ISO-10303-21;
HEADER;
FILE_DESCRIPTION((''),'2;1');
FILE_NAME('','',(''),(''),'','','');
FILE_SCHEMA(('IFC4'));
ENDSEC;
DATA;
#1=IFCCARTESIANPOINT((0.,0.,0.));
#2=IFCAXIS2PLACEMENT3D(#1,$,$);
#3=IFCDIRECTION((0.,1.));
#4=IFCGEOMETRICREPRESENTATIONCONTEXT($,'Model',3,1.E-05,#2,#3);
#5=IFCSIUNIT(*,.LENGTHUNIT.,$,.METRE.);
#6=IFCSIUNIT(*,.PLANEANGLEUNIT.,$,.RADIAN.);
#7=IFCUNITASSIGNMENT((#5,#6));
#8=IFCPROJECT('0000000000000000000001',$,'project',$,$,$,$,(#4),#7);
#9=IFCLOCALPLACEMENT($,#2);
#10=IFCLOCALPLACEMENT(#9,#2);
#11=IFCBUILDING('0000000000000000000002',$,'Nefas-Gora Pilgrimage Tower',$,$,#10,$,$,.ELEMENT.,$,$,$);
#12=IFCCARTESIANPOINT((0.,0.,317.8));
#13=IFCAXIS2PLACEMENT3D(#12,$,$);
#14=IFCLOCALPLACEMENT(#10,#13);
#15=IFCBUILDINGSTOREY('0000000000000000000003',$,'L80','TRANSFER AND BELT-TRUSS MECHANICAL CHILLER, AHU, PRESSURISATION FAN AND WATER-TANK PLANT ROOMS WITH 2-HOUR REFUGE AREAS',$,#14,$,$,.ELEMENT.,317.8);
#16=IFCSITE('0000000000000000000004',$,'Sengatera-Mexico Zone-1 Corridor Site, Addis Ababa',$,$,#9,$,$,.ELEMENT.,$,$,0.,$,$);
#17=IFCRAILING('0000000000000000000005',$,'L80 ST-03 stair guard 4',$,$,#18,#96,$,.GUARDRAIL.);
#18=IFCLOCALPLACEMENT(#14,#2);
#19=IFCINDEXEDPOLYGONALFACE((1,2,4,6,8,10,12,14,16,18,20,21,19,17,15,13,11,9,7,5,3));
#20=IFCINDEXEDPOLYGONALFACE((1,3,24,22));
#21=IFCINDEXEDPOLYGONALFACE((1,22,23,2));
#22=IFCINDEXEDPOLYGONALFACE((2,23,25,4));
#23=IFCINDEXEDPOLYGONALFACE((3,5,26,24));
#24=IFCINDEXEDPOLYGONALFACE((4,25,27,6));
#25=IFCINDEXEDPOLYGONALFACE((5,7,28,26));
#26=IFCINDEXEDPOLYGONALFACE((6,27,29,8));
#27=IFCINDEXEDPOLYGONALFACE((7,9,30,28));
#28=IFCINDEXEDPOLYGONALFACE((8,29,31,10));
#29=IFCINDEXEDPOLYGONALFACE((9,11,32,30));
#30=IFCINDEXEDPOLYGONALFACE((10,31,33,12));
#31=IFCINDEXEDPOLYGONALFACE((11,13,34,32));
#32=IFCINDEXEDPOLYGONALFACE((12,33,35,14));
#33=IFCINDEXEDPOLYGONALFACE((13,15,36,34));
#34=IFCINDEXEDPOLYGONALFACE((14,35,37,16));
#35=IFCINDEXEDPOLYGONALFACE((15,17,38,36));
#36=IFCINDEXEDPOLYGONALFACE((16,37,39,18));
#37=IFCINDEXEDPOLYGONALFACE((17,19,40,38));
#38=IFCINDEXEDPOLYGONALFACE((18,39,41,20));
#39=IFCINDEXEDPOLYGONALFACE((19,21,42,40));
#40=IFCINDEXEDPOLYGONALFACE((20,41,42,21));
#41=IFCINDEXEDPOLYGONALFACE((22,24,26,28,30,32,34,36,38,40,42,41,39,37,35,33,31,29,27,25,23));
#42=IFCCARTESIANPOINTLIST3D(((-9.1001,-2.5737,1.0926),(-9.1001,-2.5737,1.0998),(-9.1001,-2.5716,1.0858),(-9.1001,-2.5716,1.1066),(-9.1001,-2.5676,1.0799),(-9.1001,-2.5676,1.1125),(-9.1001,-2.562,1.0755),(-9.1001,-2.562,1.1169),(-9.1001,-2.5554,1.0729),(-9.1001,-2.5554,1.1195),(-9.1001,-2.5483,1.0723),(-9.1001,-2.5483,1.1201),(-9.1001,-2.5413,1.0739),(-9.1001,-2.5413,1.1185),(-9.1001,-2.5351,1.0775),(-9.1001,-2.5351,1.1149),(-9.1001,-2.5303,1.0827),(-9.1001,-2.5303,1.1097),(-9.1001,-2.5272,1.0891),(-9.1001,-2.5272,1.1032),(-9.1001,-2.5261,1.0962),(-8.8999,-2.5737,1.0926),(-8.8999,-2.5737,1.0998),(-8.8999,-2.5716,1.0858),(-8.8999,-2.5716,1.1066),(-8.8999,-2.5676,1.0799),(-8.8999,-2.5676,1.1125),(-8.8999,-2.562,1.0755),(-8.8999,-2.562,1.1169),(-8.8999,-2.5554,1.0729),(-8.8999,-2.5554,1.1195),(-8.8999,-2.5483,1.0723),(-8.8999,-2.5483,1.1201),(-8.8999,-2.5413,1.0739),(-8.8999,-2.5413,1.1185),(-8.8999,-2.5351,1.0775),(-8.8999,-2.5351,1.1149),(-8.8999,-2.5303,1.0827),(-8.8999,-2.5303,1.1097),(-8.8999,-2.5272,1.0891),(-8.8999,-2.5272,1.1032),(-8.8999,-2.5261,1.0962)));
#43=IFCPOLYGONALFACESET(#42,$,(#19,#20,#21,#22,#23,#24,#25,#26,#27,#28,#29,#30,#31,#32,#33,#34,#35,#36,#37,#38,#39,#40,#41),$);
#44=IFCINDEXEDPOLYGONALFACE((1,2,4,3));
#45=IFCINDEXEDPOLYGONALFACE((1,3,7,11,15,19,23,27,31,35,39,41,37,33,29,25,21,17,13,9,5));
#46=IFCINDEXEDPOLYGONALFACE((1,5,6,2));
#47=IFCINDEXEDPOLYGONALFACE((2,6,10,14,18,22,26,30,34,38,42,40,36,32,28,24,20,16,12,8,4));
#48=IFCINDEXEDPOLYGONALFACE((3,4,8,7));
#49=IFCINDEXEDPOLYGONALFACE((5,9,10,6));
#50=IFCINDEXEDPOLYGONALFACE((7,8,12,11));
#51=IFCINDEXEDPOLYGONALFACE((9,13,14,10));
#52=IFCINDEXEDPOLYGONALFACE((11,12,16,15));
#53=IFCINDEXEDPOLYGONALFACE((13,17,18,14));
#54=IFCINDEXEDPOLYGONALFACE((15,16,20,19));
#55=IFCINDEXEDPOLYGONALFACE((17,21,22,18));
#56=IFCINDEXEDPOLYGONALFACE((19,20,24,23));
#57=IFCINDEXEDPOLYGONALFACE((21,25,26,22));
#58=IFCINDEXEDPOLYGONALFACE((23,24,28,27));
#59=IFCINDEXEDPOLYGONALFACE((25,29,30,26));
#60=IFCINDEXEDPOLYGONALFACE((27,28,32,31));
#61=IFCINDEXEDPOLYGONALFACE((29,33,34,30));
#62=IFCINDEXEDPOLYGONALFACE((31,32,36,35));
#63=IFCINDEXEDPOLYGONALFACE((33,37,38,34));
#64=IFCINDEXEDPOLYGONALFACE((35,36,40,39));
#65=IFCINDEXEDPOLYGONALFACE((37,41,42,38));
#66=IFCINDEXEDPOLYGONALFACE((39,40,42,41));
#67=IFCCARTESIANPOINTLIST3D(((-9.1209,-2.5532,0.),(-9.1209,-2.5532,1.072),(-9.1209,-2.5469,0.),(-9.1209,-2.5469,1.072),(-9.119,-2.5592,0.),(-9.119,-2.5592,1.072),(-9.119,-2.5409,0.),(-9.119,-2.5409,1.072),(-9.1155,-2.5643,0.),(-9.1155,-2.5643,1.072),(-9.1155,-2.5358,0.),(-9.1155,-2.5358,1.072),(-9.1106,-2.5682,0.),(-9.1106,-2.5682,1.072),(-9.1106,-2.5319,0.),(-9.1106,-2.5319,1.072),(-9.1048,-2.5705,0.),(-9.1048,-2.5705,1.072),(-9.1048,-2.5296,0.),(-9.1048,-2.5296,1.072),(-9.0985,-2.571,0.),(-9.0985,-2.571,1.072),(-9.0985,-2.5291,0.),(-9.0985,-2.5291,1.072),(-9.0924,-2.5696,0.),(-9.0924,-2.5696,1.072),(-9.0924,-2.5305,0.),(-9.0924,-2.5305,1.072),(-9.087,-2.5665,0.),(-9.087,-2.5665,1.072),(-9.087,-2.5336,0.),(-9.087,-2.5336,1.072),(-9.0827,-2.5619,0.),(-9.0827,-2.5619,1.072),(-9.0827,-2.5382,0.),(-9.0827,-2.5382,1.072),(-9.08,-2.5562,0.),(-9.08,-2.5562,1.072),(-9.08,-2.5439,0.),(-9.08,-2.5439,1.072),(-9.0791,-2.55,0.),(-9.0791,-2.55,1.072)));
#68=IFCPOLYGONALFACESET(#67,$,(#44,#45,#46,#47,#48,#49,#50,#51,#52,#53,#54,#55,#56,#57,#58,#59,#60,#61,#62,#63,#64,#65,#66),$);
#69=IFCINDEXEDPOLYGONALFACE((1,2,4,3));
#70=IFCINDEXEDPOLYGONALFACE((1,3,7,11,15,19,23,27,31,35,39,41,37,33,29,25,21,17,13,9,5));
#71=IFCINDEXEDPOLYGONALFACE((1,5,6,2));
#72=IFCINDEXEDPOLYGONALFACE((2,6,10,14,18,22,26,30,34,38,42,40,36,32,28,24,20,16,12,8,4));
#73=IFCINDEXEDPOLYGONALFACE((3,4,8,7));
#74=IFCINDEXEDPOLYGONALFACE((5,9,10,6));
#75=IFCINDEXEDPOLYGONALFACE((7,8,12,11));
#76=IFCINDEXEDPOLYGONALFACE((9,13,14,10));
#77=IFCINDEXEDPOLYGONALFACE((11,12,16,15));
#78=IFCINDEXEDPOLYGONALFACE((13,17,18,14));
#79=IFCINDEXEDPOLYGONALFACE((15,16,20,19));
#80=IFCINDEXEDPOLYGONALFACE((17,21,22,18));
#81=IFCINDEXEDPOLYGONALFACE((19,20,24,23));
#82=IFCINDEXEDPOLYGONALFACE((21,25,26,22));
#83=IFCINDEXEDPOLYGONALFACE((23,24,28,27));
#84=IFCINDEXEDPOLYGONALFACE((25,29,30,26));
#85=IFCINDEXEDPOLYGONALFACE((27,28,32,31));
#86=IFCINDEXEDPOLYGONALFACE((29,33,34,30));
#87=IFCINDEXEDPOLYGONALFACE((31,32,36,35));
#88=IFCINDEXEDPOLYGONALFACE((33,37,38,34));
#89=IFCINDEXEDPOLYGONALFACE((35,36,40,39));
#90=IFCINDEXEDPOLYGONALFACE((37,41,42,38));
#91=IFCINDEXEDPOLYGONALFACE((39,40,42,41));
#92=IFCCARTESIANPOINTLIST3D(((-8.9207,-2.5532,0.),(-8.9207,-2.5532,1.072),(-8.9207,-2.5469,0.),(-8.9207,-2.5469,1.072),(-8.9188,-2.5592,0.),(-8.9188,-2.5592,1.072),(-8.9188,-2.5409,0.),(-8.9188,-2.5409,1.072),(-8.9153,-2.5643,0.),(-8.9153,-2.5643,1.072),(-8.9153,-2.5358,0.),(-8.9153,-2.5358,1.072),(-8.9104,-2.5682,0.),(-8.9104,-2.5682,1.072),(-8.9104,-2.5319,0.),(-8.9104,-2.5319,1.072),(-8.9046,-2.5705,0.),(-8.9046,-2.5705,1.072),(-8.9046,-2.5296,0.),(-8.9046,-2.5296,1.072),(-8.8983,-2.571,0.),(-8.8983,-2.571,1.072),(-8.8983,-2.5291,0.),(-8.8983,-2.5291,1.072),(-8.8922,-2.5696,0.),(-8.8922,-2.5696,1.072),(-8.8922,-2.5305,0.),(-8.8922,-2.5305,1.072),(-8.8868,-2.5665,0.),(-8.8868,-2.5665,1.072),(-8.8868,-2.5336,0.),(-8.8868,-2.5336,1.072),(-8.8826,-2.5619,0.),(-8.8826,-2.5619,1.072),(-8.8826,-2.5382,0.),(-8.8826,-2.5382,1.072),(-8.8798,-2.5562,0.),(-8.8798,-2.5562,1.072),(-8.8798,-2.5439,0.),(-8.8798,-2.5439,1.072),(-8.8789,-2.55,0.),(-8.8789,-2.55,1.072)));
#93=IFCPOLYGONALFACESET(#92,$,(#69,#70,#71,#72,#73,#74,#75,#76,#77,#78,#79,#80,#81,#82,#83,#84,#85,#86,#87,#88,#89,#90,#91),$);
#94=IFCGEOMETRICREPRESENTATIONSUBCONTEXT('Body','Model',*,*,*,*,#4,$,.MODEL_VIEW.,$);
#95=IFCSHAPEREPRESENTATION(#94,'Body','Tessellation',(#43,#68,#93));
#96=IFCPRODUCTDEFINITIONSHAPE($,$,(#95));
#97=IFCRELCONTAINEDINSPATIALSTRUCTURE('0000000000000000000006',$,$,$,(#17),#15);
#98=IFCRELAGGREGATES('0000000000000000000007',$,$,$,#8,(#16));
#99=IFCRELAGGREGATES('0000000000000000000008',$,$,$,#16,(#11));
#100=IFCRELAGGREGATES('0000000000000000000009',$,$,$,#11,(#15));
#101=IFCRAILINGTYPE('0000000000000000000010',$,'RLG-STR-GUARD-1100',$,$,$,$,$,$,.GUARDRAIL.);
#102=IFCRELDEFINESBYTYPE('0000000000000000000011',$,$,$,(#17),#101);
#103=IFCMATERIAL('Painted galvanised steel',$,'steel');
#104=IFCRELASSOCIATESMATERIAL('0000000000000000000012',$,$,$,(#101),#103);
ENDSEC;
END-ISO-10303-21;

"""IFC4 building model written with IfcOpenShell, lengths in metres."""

from ifc_helpers import new_model, si_unit, direction, frame, origin, origin_2d, place, context, subcontext, project, spatial, circle, extrude, material, type_object, element, save


model = new_model("IFC4")

# Units and contexts
model_context = context("Model", 3, precision=1e-05, world=origin(), true_north=direction((0.0, 1.0)))
body_context = subcontext(model_context, "Body", "Model", "MODEL_VIEW")
ifc_project = project(units=[si_unit("LENGTHUNIT", "METRE"), si_unit("PLANEANGLEUNIT", "RADIAN")], contexts=[model_context])

# Site, building, storey
site_placement = place(None, origin())
site = spatial("IfcSite", under=ifc_project, at=site_placement, Name="Sengatera-Mexico Zone-1 Corridor Site, Addis Ababa", CompositionType="ELEMENT", RefElevation=0.0)
building_placement = place(site_placement, origin())
building = spatial("IfcBuilding", under=site, at=building_placement, Name="Nefas-Gora Pilgrimage Tower", CompositionType="ELEMENT")
storey_placement = place(building_placement, frame((0.0, 0.0, 317.8)))
storey = spatial("IfcBuildingStorey", under=building, at=storey_placement, Name="L80", Description="TRANSFER AND BELT-TRUSS MECHANICAL CHILLER, AHU, PRESSURISATION FAN AND WATER-TANK PLANT ROOMS WITH 2-HOUR REFUGE AREAS", CompositionType="ELEMENT", Elevation=317.8)

# Railing
ifc_material_1 = material(Name="Painted galvanised steel", Category="steel")
railing_type_1 = type_object("IfcRailingType", Name="RLG-STR-GUARD-1100", PredefinedType="GUARDRAIL", material=ifc_material_1)
railing_1_placement = place(storey_placement, frame((-9.1001, -2.55, 0.0)))
element("IfcRailing", 1, at=railing_1_placement, inside=storey, type_object=railing_type_1, Name="L80 ST-03 stair guard 4", PredefinedType="GUARDRAIL", context=body_context, shape_type="SweptSolid", body=[
    extrude(circle(Radius=0.0239, at=origin_2d()), frame((0.0, 0.0, 1.0962), z_axis=(1.0, 0.0, 0.0), x_axis=(0.0, 1.0, 0.0)), (0.0, 0.0, 1.0), 0.2002),
    extrude(circle(Radius=0.021, at=origin_2d()), origin(), (0.0, 0.0, 1.0), 1.072),
    extrude(circle(Radius=0.021, at=origin_2d()), frame((0.2002, 0.0, 0.0)), (0.0, 0.0, 1.0), 1.072),
])

save(model, "model.ifc")
